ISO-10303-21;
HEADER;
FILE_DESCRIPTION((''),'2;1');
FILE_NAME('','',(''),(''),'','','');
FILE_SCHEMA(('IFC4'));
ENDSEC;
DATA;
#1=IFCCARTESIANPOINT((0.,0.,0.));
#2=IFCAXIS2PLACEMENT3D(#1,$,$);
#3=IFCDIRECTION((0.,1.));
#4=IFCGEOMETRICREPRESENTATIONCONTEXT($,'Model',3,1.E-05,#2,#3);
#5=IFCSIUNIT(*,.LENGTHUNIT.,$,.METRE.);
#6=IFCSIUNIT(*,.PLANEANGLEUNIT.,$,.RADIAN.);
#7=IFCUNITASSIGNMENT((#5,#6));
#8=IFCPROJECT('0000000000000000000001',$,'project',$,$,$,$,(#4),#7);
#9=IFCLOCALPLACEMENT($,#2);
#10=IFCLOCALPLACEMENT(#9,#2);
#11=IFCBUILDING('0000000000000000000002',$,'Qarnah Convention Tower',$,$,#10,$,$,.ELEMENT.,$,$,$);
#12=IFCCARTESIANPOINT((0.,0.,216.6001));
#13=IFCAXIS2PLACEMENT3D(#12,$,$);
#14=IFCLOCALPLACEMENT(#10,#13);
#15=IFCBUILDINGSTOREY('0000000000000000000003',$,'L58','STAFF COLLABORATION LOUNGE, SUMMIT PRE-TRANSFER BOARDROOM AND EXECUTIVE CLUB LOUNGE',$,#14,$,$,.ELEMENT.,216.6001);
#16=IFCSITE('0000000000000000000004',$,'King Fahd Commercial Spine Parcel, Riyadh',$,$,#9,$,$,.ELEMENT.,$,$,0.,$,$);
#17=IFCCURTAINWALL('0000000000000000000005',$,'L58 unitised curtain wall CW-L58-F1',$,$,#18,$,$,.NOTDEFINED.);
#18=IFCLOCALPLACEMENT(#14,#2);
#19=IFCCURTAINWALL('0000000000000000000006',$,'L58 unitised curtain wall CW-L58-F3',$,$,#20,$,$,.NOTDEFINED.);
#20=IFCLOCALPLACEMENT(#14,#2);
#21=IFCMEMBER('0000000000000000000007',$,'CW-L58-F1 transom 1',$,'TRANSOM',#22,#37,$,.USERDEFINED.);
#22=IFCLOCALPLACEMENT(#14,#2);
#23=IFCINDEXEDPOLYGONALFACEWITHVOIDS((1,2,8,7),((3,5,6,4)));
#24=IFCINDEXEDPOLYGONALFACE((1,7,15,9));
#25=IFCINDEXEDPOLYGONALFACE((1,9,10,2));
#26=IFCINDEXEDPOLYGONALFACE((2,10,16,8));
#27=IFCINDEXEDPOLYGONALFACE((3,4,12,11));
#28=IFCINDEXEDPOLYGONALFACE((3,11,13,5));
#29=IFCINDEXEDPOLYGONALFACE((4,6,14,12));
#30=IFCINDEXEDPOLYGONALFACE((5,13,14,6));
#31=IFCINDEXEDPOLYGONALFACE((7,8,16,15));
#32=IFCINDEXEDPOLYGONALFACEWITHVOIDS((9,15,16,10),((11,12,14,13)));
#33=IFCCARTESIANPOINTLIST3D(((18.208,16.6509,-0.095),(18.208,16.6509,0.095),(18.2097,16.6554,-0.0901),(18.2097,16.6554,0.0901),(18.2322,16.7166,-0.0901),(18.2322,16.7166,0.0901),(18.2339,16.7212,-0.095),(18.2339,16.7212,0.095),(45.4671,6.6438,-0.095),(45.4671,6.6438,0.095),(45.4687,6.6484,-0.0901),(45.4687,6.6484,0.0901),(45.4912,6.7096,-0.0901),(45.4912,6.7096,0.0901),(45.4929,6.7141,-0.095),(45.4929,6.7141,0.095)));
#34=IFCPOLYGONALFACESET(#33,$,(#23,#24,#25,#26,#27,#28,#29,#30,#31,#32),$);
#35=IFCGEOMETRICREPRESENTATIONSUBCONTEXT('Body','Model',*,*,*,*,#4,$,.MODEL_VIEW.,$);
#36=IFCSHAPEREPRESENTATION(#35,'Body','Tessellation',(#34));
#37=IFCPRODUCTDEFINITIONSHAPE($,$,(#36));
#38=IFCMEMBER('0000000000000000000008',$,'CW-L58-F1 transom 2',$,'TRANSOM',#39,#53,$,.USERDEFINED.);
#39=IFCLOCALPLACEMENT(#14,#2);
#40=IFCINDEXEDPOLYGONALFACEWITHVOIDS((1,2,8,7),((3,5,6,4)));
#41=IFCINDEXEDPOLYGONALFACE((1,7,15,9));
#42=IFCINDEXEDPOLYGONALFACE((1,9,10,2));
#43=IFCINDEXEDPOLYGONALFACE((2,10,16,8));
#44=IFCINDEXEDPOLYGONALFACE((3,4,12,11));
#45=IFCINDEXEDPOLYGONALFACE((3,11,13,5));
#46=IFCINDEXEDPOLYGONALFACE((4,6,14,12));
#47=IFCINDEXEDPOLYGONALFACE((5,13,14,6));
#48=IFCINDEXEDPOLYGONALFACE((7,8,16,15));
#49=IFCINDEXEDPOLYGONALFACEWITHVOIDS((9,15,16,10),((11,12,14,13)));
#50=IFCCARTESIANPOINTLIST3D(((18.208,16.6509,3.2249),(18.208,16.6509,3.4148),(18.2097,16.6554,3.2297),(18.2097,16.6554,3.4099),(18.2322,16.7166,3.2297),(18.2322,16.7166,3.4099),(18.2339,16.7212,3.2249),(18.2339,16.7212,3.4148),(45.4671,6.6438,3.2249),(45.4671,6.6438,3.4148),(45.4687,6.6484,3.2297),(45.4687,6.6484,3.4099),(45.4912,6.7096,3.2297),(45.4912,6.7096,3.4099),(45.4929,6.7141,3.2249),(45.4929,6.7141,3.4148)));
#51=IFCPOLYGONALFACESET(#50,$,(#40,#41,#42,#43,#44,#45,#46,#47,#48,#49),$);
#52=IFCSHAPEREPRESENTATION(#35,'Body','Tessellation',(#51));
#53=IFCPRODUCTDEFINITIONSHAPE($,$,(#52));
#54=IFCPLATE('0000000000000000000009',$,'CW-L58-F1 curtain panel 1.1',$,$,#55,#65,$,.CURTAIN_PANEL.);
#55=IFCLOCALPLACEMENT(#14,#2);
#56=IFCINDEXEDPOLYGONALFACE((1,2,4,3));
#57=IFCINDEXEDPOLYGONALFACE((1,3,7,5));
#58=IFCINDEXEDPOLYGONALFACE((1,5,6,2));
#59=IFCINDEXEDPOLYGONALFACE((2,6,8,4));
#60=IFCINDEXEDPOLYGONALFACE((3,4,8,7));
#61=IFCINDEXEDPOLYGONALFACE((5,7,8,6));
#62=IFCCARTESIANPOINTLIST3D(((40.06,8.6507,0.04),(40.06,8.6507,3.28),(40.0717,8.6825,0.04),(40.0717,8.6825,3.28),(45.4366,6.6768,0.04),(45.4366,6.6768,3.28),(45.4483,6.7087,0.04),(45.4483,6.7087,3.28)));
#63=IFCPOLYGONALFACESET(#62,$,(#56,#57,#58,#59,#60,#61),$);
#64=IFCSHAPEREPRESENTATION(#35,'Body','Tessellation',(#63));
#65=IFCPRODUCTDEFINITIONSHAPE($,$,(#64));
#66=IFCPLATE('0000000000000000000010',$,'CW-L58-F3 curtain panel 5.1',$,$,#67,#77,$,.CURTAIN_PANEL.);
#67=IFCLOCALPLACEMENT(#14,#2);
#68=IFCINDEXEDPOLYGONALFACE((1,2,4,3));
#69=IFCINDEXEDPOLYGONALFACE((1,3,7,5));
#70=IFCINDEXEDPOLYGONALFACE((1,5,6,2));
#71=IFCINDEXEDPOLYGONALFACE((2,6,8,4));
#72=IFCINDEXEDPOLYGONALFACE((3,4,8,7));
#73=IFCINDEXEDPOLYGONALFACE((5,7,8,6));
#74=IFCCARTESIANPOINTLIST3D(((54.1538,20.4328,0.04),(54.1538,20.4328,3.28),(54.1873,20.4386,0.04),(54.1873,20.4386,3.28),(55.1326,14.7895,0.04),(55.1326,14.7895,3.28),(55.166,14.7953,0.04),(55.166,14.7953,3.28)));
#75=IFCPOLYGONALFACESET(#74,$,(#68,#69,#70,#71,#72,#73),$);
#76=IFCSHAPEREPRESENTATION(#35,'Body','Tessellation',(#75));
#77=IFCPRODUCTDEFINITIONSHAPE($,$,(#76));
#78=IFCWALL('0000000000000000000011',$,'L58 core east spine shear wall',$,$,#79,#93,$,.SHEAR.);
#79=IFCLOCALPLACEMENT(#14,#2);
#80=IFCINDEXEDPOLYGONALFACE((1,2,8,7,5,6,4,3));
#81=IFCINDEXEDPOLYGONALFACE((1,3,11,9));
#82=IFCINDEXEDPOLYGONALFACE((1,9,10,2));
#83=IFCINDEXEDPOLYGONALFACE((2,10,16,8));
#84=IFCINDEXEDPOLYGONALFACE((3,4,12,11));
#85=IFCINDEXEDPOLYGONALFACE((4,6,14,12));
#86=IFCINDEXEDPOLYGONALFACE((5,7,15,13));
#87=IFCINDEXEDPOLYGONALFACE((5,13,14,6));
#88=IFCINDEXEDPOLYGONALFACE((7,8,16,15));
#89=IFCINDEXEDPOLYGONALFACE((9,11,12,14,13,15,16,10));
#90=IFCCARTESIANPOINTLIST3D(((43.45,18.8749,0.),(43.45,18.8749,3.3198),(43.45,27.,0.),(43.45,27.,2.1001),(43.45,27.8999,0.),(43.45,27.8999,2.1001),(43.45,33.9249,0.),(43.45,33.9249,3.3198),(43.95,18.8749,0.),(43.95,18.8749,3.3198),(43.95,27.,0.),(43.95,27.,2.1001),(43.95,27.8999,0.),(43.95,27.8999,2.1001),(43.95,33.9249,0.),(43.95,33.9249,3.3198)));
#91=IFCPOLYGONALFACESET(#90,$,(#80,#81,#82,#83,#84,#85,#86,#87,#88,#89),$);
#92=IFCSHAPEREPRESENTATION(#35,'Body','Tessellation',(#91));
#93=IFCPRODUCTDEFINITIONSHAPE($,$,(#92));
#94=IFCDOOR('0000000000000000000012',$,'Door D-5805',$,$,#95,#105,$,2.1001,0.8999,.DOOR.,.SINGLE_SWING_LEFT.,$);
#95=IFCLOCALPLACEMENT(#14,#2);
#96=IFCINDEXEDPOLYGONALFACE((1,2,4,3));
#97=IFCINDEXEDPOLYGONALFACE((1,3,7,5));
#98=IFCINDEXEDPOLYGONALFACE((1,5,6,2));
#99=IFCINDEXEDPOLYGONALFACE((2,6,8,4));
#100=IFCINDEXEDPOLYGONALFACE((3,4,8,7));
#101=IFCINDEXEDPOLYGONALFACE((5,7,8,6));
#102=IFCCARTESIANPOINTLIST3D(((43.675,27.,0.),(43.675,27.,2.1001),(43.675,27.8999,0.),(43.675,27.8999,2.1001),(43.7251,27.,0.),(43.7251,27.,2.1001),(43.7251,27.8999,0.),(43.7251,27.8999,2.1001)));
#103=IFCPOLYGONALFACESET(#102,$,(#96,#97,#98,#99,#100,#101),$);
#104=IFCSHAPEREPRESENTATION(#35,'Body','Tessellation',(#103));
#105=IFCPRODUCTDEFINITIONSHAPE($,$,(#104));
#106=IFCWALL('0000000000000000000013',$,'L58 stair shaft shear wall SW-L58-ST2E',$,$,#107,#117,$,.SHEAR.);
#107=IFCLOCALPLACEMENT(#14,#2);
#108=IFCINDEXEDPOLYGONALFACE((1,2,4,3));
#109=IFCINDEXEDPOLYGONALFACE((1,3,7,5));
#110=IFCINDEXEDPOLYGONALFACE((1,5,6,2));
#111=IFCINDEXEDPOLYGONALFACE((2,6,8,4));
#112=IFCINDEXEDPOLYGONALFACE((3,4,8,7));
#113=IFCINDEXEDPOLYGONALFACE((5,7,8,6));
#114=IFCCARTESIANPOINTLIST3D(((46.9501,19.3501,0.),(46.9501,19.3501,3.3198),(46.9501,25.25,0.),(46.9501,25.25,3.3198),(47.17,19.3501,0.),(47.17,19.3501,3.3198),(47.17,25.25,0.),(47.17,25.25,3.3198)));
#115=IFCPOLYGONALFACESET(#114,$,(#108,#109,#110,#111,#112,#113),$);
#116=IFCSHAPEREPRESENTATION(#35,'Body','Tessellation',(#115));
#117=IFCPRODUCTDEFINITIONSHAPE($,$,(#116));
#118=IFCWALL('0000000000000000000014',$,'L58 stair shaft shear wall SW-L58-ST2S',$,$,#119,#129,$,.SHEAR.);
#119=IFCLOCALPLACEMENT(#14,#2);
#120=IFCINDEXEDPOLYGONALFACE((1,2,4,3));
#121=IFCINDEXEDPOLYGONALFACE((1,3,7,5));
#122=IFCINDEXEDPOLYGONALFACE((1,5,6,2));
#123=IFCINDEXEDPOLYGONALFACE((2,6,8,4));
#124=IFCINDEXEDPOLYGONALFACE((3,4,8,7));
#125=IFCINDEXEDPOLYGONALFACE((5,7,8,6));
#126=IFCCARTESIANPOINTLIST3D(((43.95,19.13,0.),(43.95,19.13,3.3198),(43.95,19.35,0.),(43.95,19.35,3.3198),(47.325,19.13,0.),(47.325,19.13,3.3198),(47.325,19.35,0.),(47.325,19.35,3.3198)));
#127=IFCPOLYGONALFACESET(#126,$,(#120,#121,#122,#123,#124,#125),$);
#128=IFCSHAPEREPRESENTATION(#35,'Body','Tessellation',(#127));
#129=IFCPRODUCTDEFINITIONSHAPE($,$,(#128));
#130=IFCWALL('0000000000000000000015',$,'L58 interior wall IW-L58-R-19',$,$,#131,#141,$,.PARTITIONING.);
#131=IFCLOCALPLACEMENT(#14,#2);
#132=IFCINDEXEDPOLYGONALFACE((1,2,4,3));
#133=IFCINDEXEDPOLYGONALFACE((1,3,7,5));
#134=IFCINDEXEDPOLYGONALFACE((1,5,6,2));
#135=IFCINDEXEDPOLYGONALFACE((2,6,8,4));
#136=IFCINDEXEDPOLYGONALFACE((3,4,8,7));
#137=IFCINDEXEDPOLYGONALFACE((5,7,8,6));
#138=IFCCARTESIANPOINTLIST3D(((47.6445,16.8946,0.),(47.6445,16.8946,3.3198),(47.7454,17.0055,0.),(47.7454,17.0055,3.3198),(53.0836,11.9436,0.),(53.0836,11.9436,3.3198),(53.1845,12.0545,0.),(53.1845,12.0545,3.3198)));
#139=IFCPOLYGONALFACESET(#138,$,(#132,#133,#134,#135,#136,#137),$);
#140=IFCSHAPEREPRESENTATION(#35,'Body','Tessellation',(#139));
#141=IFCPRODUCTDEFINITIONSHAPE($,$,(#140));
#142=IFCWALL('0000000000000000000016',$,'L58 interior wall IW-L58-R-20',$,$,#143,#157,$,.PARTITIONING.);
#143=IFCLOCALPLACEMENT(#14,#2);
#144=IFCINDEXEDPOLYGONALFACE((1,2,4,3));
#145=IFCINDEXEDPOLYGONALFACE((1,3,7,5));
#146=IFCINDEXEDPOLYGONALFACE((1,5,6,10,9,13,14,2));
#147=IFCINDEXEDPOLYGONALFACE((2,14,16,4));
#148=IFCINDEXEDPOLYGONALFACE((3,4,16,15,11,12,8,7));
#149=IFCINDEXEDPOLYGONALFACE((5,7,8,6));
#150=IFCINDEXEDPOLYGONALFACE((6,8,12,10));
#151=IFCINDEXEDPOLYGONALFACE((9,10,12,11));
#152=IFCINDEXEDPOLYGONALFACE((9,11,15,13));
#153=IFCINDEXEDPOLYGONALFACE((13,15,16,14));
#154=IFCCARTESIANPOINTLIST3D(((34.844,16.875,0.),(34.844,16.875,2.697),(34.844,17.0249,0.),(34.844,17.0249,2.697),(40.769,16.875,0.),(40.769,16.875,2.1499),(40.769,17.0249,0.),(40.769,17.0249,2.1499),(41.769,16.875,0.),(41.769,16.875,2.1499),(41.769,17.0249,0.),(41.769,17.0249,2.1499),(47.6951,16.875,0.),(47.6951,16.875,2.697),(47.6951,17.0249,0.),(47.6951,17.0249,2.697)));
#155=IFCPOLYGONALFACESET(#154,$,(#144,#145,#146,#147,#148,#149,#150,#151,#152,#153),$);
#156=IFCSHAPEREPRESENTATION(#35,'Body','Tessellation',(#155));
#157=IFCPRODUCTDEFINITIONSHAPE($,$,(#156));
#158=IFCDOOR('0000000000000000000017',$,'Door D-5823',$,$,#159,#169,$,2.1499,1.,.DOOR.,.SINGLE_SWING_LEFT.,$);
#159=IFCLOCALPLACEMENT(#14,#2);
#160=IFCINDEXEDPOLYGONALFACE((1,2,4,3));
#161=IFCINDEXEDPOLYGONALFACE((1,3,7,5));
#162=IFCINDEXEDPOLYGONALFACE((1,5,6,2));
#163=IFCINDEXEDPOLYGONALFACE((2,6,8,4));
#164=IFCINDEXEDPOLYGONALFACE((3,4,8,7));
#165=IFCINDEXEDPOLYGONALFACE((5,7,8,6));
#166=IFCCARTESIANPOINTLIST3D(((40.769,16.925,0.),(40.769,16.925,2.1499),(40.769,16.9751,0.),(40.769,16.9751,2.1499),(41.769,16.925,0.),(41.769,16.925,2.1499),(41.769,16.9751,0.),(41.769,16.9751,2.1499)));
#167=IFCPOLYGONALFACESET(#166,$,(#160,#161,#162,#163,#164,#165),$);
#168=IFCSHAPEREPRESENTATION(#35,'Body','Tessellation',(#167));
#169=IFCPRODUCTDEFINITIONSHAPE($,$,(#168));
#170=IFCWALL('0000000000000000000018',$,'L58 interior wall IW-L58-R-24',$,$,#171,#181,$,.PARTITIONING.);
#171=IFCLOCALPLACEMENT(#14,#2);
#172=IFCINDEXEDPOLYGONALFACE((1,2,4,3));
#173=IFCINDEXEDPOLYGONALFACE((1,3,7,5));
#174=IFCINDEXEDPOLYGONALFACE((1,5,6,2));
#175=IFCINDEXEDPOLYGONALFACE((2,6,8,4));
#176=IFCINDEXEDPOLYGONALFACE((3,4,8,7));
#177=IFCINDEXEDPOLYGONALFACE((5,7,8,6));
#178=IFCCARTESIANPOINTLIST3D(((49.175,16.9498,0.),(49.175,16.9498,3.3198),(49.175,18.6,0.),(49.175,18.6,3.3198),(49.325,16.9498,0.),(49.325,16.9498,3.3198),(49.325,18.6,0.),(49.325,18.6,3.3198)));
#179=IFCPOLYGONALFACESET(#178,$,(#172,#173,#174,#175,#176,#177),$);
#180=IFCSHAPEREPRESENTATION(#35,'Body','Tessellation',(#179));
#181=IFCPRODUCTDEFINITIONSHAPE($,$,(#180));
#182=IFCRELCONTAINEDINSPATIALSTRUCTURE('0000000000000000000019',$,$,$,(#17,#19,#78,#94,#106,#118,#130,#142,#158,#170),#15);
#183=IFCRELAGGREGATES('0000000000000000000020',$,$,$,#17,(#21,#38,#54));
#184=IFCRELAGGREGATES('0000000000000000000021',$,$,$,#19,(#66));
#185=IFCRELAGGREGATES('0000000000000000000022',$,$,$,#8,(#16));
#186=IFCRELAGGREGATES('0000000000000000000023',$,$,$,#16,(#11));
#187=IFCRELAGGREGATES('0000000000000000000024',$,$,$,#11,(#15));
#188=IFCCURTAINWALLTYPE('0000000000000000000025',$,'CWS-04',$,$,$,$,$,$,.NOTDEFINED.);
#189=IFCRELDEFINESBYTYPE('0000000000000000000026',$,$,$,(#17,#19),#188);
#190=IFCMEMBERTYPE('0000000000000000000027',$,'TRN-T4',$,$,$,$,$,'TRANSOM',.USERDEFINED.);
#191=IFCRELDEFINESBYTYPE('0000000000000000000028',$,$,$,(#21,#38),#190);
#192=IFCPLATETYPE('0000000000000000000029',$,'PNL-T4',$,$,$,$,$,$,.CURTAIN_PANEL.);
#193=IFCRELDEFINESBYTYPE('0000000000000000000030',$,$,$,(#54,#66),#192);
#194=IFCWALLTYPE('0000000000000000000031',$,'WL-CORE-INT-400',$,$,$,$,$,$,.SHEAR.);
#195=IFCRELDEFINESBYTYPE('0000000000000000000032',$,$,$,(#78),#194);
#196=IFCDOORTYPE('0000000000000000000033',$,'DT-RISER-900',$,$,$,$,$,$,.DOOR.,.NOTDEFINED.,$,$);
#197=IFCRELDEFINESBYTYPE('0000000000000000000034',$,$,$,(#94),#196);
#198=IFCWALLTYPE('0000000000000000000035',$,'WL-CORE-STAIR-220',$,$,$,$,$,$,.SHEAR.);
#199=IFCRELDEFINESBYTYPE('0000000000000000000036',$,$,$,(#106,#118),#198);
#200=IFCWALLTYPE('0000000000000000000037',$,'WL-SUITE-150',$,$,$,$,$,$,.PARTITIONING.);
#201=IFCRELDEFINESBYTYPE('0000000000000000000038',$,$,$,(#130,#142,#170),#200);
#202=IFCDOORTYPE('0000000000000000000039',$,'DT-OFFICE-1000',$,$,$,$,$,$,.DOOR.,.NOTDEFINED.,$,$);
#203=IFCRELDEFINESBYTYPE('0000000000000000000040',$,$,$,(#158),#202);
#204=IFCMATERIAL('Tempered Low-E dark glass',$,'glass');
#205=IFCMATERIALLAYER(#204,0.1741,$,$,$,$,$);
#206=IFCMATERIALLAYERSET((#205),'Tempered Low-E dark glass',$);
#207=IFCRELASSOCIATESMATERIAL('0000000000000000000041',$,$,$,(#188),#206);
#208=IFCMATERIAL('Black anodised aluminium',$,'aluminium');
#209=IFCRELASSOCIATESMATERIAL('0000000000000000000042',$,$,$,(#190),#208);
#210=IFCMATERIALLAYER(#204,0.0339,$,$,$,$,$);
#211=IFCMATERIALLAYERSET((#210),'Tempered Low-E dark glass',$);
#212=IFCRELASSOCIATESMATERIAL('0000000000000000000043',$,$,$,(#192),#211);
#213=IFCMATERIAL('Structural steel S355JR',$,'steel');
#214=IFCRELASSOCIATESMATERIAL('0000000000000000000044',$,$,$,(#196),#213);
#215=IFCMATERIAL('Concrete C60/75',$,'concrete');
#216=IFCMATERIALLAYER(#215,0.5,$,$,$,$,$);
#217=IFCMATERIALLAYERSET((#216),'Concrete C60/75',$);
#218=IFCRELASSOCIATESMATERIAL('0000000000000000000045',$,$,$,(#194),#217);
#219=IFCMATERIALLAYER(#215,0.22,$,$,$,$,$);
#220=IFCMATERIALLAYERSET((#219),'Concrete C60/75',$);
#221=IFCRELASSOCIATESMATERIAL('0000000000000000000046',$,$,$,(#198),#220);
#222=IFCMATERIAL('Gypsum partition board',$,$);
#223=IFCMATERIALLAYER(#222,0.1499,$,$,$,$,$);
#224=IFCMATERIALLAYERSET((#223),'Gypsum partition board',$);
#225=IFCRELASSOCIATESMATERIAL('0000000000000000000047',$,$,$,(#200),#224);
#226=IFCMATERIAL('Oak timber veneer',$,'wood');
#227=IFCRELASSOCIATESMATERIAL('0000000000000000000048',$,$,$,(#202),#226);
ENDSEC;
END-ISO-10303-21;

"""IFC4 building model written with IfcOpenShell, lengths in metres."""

from ifc_helpers import new_model, si_unit, direction, frame, frame_2d, origin, origin_2d, place, context, subcontext, project, spatial, rectangle, hollow_rectangle, extrude, material, layer, layer_set, material_profile, profile_set, type_object, element, fill, aggregate, save


model = new_model("IFC4")

# Units and contexts
model_context = context("Model", 3, precision=1e-05, world=origin(), true_north=direction((0.0, 1.0)))
body_context = subcontext(model_context, "Body", "Model", "MODEL_VIEW")
ifc_project = project(units=[si_unit("LENGTHUNIT", "METRE"), si_unit("PLANEANGLEUNIT", "RADIAN")], contexts=[model_context])

# Site, building, storey
site_placement = place(None, origin())
site = spatial("IfcSite", under=ifc_project, at=site_placement, Name="King Fahd Commercial Spine Parcel, Riyadh", CompositionType="ELEMENT", RefElevation=0.0)
building_placement = place(site_placement, origin())
building = spatial("IfcBuilding", under=site, at=building_placement, Name="Qarnah Convention Tower", CompositionType="ELEMENT")
storey_placement = place(building_placement, frame((0.0, 0.0, 216.6001)))
storey = spatial("IfcBuildingStorey", under=building, at=storey_placement, Name="L58", Description="STAFF COLLABORATION LOUNGE, SUMMIT PRE-TRANSFER BOARDROOM AND EXECUTIVE CLUB LOUNGE", CompositionType="ELEMENT", Elevation=216.6001)

# Shared definitions
ifc_material_1 = material(Name="Structural steel S355JR", Category="steel")

# Curtain walls
ifc_material_2 = material(Name="Tempered Low-E dark glass", Category="glass")
ifc_layer_1 = layer(ifc_material_2, 0.1741)
ifc_layer_set_1 = layer_set([ifc_layer_1], Name="Tempered Low-E dark glass")
curtain_wall_type = type_object("IfcCurtainWallType", Name="CWS-04", PredefinedType="NOTDEFINED", material=ifc_layer_set_1)
curtain_wall_1_placement = place(storey_placement, origin())
curtain_wall_1 = element("IfcCurtainWall", 1, at=curtain_wall_1_placement, inside=storey, type_object=curtain_wall_type, Name="L58 unitised curtain wall CW-L58-F1", PredefinedType="NOTDEFINED")
ifc_material_3 = material(Name="Black anodised aluminium", Category="aluminium")
curtain_wall_2_placement = place(storey_placement, origin())
curtain_wall_2 = element("IfcCurtainWall", 2, at=curtain_wall_2_placement, inside=storey, type_object=curtain_wall_type, Name="L58 unitised curtain wall CW-L58-F3", PredefinedType="NOTDEFINED")

# Members
ifc_material_profile_1 = material_profile(ifc_material_3, hollow_rectangle(XDim=0.075, YDim=0.1899, WallThickness=0.0049, at=origin_2d()), Name="TRN-75X190")
ifc_profile_set_1 = profile_set([ifc_material_profile_1], Name="Black anodised aluminium")
member_type_1 = type_object("IfcMemberType", Name="TRN-T4", ElementType="TRANSOM", PredefinedType="USERDEFINED", material=ifc_profile_set_1)
member_1_placement = place(storey_placement, frame((45.48, 6.679, 0.0), z_axis=(-0.938742, 0.344622, 0.0), x_axis=(-0.344622, -0.938742, 0.0)))
member_1 = element("IfcMember", 3, at=member_1_placement, type_object=member_type_1, Name="CW-L58-F1 transom 1", ObjectType="TRANSOM", PredefinedType="USERDEFINED", context=body_context, shape_type="SweptSolid", body=[
    extrude(hollow_rectangle(XDim=0.075, YDim=0.1899, WallThickness=0.0049, at=origin_2d()), origin(), (0.0, 0.0, 1.0), 29.0378),
])
member_2_placement = place(storey_placement, frame((45.48, 6.679, 3.3198), z_axis=(-0.938742, 0.344622, 0.0), x_axis=(-0.344622, -0.938742, 0.0)))
member_2 = element("IfcMember", 4, at=member_2_placement, type_object=member_type_1, Name="CW-L58-F1 transom 2", ObjectType="TRANSOM", PredefinedType="USERDEFINED", context=body_context, shape_type="SweptSolid", body=[
    extrude(hollow_rectangle(XDim=0.075, YDim=0.1899, WallThickness=0.0049, at=origin_2d()), origin(), (0.0, 0.0, 1.0), 29.0378),
])

# Plates
ifc_layer_2 = layer(ifc_material_2, 0.0339)
ifc_layer_set_2 = layer_set([ifc_layer_2], Name="Tempered Low-E dark glass")
plate_type = type_object("IfcPlateType", Name="PNL-T4", PredefinedType="CURTAIN_PANEL", material=ifc_layer_set_2)
plate_1_placement = place(storey_placement, frame((42.7542, 7.6797, 0.04), z_axis=(0.0, 0.0, 1.0), x_axis=(-0.938742, 0.34462, 0.0)))
plate_1 = element("IfcPlate", 5, at=plate_1_placement, type_object=plate_type, Name="CW-L58-F1 curtain panel 1.1", PredefinedType="CURTAIN_PANEL", context=body_context, shape_type="SweptSolid", body=[
    extrude(rectangle(XDim=5.7275, YDim=0.0339, at=origin_2d()), origin(), (0.0, 0.0, 1.0), 3.24),
])
aggregate(curtain_wall_1, [member_1, member_2, plate_1])
plate_2_placement = place(storey_placement, frame((54.6599, 17.614, 0.04), z_axis=(0.0, 0.0, 1.0), x_axis=(0.170885, -0.985291, 0.0)))
plate_2 = element("IfcPlate", 6, at=plate_2_placement, type_object=plate_type, Name="CW-L58-F3 curtain panel 5.1", PredefinedType="CURTAIN_PANEL", context=body_context, shape_type="SweptSolid", body=[
    extrude(rectangle(XDim=5.7275, YDim=0.0339, at=origin_2d()), origin(), (0.0, 0.0, 1.0), 3.24),
])
aggregate(curtain_wall_2, [plate_2])

# Shared definitions
ifc_material_4 = material(Name="Concrete C60/75", Category="concrete")
door_type_1 = type_object("IfcDoorType", Name="DT-RISER-900", OperationType="NOTDEFINED", PredefinedType="DOOR", material=ifc_material_1)

# Wall, opening, door
ifc_layer_3 = layer(ifc_material_4, 0.5)
ifc_layer_set_3 = layer_set([ifc_layer_3], Name="Concrete C60/75")
wall_type_1 = type_object("IfcWallType", Name="WL-CORE-INT-400", PredefinedType="SHEAR", material=ifc_layer_set_3)
wall_1_placement = place(storey_placement, frame((43.7, 18.875, 0.0), z_axis=(0.0, 0.0, 1.0), x_axis=(0.0, 1.0, 0.0)))
wall_1 = element("IfcWall", 7, at=wall_1_placement, inside=storey, type_object=wall_type_1, Name="L58 core east spine shear wall", PredefinedType="SHEAR", context=body_context, shape_type="SweptSolid", body=[
    extrude(rectangle(XDim=15.05, YDim=0.5, at=frame_2d((7.5249, 0.0))), origin(), (0.0, 0.0, 1.0), 3.3198),
])
opening_1_placement = place(wall_1_placement, frame((8.125, 0.0, 0.0)))
opening_1 = element("IfcOpeningElement", 8, at=opening_1_placement, cuts=wall_1, PredefinedType="OPENING", context=body_context, shape_type="SweptSolid", body=[
    extrude(rectangle(XDim=0.8999, YDim=2.1001, at=frame_2d((0.45, 1.05))), frame((0.0, 0.26, 0.0), z_axis=(0.0, -1.0, 0.0), x_axis=(1.0, 0.0, 0.0)), (0.0, 0.0, 1.0), 0.52),
])
door_1_placement = place(opening_1_placement, origin())
door_1 = element("IfcDoor", 9, at=door_1_placement, inside=storey, type_object=door_type_1, Name="Door D-5805", OperationType="SINGLE_SWING_LEFT", OverallHeight=2.1001, OverallWidth=0.8999, PredefinedType="DOOR", context=body_context, shape_type="SweptSolid", body=[
    extrude(rectangle(XDim=0.8999, YDim=2.1001, at=frame_2d((0.45, 1.05))), frame((0.0, 0.0249, 0.0), z_axis=(0.0, -1.0, 0.0), x_axis=(1.0, 0.0, 0.0)), (0.0, 0.0, 1.0), 0.05),
])
fill(opening_1, door_1)

# Walls
ifc_layer_4 = layer(ifc_material_4, 0.22)
ifc_layer_set_4 = layer_set([ifc_layer_4], Name="Concrete C60/75")
wall_type_2 = type_object("IfcWallType", Name="WL-CORE-STAIR-220", PredefinedType="SHEAR", material=ifc_layer_set_4)
wall_2_placement = place(storey_placement, frame((47.0601, 19.3501, 0.0), z_axis=(0.0, 0.0, 1.0), x_axis=(0.0, 1.0, 0.0)))
element("IfcWall", 10, at=wall_2_placement, inside=storey, type_object=wall_type_2, Name="L58 stair shaft shear wall SW-L58-ST2E", PredefinedType="SHEAR", context=body_context, shape_type="SweptSolid", body=[
    extrude(rectangle(XDim=5.8999, YDim=0.22, at=frame_2d((2.95, 0.0))), origin(), (0.0, 0.0, 1.0), 3.3198),
])
wall_3_placement = place(storey_placement, frame((43.95, 19.24, 0.0), z_axis=(0.0, 0.0, 1.0), x_axis=(1.0, 0.0, 0.0)))
element("IfcWall", 11, at=wall_3_placement, inside=storey, type_object=wall_type_2, Name="L58 stair shaft shear wall SW-L58-ST2S", PredefinedType="SHEAR", context=body_context, shape_type="SweptSolid", body=[
    extrude(rectangle(XDim=3.375, YDim=0.22, at=frame_2d((1.6875, 0.0))), origin(), (0.0, 0.0, 1.0), 3.3198),
])

# Wall
ifc_material_5 = material(Name="Gypsum partition board")
ifc_layer_5 = layer(ifc_material_5, 0.1499)
ifc_layer_set_5 = layer_set([ifc_layer_5], Name="Gypsum partition board")
wall_type_3 = type_object("IfcWallType", Name="WL-SUITE-150", PredefinedType="PARTITIONING", material=ifc_layer_set_5)
wall_4_placement = place(storey_placement, frame((53.134, 11.999, 0.0), z_axis=(0.0, 0.0, 1.0), x_axis=(-0.739506, 0.67315, 0.0)))
element("IfcWall", 12, at=wall_4_placement, inside=storey, type_object=wall_type_3, Name="L58 interior wall IW-L58-R-19", PredefinedType="PARTITIONING", context=body_context, shape_type="SweptSolid", body=[
    extrude(rectangle(XDim=7.355, YDim=0.1499, at=frame_2d((3.6775, 0.0))), origin(), (0.0, 0.0, 1.0), 3.3198),
])

# Wall, opening, door
wall_5_placement = place(storey_placement, frame((47.6951, 16.95, 0.0), z_axis=(0.0, 0.0, 1.0), x_axis=(-1.0, 0.0, 0.0)))
wall_5 = element("IfcWall", 13, at=wall_5_placement, inside=storey, type_object=wall_type_3, Name="L58 interior wall IW-L58-R-20", PredefinedType="PARTITIONING", context=body_context, shape_type="SweptSolid", body=[
    extrude(rectangle(XDim=12.8511, YDim=0.1499, at=frame_2d((6.4255, 0.0))), origin(), (0.0, 0.0, 1.0), 2.697),
])
opening_2_placement = place(wall_5_placement, frame((5.926, 0.0, 0.0)))
opening_2 = element("IfcOpeningElement", 14, at=opening_2_placement, cuts=wall_5, PredefinedType="OPENING", context=body_context, shape_type="SweptSolid", body=[
    extrude(rectangle(XDim=1.0, YDim=2.1499, at=frame_2d((0.5, 1.075))), frame((0.0, 0.085, 0.0), z_axis=(0.0, -1.0, 0.0), x_axis=(1.0, 0.0, 0.0)), (0.0, 0.0, 1.0), 0.1699),
])
ifc_material_6 = material(Name="Oak timber veneer", Category="wood")
door_type_2 = type_object("IfcDoorType", Name="DT-OFFICE-1000", OperationType="NOTDEFINED", PredefinedType="DOOR", material=ifc_material_6)
door_2_placement = place(opening_2_placement, origin())
door_2 = element("IfcDoor", 15, at=door_2_placement, inside=storey, type_object=door_type_2, Name="Door D-5823", OperationType="SINGLE_SWING_LEFT", OverallHeight=2.1499, OverallWidth=1.0, PredefinedType="DOOR", context=body_context, shape_type="SweptSolid", body=[
    extrude(rectangle(XDim=1.0, YDim=2.1499, at=frame_2d((0.5, 1.075))), frame((0.0, 0.0249, 0.0), z_axis=(0.0, -1.0, 0.0), x_axis=(1.0, 0.0, 0.0)), (0.0, 0.0, 1.0), 0.05),
])
fill(opening_2, door_2)

# Wall
wall_6_placement = place(storey_placement, frame((49.25, 18.6001, 0.0), z_axis=(0.0, 0.0, 1.0), x_axis=(0.0, -1.0, 0.0)))
element("IfcWall", 16, at=wall_6_placement, inside=storey, type_object=wall_type_3, Name="L58 interior wall IW-L58-R-24", PredefinedType="PARTITIONING", context=body_context, shape_type="SweptSolid", body=[
    extrude(rectangle(XDim=1.6501, YDim=0.1499, at=frame_2d((0.8252, 0.0))), origin(), (0.0, 0.0, 1.0), 3.3198),
])

save(model, "model.ifc")
